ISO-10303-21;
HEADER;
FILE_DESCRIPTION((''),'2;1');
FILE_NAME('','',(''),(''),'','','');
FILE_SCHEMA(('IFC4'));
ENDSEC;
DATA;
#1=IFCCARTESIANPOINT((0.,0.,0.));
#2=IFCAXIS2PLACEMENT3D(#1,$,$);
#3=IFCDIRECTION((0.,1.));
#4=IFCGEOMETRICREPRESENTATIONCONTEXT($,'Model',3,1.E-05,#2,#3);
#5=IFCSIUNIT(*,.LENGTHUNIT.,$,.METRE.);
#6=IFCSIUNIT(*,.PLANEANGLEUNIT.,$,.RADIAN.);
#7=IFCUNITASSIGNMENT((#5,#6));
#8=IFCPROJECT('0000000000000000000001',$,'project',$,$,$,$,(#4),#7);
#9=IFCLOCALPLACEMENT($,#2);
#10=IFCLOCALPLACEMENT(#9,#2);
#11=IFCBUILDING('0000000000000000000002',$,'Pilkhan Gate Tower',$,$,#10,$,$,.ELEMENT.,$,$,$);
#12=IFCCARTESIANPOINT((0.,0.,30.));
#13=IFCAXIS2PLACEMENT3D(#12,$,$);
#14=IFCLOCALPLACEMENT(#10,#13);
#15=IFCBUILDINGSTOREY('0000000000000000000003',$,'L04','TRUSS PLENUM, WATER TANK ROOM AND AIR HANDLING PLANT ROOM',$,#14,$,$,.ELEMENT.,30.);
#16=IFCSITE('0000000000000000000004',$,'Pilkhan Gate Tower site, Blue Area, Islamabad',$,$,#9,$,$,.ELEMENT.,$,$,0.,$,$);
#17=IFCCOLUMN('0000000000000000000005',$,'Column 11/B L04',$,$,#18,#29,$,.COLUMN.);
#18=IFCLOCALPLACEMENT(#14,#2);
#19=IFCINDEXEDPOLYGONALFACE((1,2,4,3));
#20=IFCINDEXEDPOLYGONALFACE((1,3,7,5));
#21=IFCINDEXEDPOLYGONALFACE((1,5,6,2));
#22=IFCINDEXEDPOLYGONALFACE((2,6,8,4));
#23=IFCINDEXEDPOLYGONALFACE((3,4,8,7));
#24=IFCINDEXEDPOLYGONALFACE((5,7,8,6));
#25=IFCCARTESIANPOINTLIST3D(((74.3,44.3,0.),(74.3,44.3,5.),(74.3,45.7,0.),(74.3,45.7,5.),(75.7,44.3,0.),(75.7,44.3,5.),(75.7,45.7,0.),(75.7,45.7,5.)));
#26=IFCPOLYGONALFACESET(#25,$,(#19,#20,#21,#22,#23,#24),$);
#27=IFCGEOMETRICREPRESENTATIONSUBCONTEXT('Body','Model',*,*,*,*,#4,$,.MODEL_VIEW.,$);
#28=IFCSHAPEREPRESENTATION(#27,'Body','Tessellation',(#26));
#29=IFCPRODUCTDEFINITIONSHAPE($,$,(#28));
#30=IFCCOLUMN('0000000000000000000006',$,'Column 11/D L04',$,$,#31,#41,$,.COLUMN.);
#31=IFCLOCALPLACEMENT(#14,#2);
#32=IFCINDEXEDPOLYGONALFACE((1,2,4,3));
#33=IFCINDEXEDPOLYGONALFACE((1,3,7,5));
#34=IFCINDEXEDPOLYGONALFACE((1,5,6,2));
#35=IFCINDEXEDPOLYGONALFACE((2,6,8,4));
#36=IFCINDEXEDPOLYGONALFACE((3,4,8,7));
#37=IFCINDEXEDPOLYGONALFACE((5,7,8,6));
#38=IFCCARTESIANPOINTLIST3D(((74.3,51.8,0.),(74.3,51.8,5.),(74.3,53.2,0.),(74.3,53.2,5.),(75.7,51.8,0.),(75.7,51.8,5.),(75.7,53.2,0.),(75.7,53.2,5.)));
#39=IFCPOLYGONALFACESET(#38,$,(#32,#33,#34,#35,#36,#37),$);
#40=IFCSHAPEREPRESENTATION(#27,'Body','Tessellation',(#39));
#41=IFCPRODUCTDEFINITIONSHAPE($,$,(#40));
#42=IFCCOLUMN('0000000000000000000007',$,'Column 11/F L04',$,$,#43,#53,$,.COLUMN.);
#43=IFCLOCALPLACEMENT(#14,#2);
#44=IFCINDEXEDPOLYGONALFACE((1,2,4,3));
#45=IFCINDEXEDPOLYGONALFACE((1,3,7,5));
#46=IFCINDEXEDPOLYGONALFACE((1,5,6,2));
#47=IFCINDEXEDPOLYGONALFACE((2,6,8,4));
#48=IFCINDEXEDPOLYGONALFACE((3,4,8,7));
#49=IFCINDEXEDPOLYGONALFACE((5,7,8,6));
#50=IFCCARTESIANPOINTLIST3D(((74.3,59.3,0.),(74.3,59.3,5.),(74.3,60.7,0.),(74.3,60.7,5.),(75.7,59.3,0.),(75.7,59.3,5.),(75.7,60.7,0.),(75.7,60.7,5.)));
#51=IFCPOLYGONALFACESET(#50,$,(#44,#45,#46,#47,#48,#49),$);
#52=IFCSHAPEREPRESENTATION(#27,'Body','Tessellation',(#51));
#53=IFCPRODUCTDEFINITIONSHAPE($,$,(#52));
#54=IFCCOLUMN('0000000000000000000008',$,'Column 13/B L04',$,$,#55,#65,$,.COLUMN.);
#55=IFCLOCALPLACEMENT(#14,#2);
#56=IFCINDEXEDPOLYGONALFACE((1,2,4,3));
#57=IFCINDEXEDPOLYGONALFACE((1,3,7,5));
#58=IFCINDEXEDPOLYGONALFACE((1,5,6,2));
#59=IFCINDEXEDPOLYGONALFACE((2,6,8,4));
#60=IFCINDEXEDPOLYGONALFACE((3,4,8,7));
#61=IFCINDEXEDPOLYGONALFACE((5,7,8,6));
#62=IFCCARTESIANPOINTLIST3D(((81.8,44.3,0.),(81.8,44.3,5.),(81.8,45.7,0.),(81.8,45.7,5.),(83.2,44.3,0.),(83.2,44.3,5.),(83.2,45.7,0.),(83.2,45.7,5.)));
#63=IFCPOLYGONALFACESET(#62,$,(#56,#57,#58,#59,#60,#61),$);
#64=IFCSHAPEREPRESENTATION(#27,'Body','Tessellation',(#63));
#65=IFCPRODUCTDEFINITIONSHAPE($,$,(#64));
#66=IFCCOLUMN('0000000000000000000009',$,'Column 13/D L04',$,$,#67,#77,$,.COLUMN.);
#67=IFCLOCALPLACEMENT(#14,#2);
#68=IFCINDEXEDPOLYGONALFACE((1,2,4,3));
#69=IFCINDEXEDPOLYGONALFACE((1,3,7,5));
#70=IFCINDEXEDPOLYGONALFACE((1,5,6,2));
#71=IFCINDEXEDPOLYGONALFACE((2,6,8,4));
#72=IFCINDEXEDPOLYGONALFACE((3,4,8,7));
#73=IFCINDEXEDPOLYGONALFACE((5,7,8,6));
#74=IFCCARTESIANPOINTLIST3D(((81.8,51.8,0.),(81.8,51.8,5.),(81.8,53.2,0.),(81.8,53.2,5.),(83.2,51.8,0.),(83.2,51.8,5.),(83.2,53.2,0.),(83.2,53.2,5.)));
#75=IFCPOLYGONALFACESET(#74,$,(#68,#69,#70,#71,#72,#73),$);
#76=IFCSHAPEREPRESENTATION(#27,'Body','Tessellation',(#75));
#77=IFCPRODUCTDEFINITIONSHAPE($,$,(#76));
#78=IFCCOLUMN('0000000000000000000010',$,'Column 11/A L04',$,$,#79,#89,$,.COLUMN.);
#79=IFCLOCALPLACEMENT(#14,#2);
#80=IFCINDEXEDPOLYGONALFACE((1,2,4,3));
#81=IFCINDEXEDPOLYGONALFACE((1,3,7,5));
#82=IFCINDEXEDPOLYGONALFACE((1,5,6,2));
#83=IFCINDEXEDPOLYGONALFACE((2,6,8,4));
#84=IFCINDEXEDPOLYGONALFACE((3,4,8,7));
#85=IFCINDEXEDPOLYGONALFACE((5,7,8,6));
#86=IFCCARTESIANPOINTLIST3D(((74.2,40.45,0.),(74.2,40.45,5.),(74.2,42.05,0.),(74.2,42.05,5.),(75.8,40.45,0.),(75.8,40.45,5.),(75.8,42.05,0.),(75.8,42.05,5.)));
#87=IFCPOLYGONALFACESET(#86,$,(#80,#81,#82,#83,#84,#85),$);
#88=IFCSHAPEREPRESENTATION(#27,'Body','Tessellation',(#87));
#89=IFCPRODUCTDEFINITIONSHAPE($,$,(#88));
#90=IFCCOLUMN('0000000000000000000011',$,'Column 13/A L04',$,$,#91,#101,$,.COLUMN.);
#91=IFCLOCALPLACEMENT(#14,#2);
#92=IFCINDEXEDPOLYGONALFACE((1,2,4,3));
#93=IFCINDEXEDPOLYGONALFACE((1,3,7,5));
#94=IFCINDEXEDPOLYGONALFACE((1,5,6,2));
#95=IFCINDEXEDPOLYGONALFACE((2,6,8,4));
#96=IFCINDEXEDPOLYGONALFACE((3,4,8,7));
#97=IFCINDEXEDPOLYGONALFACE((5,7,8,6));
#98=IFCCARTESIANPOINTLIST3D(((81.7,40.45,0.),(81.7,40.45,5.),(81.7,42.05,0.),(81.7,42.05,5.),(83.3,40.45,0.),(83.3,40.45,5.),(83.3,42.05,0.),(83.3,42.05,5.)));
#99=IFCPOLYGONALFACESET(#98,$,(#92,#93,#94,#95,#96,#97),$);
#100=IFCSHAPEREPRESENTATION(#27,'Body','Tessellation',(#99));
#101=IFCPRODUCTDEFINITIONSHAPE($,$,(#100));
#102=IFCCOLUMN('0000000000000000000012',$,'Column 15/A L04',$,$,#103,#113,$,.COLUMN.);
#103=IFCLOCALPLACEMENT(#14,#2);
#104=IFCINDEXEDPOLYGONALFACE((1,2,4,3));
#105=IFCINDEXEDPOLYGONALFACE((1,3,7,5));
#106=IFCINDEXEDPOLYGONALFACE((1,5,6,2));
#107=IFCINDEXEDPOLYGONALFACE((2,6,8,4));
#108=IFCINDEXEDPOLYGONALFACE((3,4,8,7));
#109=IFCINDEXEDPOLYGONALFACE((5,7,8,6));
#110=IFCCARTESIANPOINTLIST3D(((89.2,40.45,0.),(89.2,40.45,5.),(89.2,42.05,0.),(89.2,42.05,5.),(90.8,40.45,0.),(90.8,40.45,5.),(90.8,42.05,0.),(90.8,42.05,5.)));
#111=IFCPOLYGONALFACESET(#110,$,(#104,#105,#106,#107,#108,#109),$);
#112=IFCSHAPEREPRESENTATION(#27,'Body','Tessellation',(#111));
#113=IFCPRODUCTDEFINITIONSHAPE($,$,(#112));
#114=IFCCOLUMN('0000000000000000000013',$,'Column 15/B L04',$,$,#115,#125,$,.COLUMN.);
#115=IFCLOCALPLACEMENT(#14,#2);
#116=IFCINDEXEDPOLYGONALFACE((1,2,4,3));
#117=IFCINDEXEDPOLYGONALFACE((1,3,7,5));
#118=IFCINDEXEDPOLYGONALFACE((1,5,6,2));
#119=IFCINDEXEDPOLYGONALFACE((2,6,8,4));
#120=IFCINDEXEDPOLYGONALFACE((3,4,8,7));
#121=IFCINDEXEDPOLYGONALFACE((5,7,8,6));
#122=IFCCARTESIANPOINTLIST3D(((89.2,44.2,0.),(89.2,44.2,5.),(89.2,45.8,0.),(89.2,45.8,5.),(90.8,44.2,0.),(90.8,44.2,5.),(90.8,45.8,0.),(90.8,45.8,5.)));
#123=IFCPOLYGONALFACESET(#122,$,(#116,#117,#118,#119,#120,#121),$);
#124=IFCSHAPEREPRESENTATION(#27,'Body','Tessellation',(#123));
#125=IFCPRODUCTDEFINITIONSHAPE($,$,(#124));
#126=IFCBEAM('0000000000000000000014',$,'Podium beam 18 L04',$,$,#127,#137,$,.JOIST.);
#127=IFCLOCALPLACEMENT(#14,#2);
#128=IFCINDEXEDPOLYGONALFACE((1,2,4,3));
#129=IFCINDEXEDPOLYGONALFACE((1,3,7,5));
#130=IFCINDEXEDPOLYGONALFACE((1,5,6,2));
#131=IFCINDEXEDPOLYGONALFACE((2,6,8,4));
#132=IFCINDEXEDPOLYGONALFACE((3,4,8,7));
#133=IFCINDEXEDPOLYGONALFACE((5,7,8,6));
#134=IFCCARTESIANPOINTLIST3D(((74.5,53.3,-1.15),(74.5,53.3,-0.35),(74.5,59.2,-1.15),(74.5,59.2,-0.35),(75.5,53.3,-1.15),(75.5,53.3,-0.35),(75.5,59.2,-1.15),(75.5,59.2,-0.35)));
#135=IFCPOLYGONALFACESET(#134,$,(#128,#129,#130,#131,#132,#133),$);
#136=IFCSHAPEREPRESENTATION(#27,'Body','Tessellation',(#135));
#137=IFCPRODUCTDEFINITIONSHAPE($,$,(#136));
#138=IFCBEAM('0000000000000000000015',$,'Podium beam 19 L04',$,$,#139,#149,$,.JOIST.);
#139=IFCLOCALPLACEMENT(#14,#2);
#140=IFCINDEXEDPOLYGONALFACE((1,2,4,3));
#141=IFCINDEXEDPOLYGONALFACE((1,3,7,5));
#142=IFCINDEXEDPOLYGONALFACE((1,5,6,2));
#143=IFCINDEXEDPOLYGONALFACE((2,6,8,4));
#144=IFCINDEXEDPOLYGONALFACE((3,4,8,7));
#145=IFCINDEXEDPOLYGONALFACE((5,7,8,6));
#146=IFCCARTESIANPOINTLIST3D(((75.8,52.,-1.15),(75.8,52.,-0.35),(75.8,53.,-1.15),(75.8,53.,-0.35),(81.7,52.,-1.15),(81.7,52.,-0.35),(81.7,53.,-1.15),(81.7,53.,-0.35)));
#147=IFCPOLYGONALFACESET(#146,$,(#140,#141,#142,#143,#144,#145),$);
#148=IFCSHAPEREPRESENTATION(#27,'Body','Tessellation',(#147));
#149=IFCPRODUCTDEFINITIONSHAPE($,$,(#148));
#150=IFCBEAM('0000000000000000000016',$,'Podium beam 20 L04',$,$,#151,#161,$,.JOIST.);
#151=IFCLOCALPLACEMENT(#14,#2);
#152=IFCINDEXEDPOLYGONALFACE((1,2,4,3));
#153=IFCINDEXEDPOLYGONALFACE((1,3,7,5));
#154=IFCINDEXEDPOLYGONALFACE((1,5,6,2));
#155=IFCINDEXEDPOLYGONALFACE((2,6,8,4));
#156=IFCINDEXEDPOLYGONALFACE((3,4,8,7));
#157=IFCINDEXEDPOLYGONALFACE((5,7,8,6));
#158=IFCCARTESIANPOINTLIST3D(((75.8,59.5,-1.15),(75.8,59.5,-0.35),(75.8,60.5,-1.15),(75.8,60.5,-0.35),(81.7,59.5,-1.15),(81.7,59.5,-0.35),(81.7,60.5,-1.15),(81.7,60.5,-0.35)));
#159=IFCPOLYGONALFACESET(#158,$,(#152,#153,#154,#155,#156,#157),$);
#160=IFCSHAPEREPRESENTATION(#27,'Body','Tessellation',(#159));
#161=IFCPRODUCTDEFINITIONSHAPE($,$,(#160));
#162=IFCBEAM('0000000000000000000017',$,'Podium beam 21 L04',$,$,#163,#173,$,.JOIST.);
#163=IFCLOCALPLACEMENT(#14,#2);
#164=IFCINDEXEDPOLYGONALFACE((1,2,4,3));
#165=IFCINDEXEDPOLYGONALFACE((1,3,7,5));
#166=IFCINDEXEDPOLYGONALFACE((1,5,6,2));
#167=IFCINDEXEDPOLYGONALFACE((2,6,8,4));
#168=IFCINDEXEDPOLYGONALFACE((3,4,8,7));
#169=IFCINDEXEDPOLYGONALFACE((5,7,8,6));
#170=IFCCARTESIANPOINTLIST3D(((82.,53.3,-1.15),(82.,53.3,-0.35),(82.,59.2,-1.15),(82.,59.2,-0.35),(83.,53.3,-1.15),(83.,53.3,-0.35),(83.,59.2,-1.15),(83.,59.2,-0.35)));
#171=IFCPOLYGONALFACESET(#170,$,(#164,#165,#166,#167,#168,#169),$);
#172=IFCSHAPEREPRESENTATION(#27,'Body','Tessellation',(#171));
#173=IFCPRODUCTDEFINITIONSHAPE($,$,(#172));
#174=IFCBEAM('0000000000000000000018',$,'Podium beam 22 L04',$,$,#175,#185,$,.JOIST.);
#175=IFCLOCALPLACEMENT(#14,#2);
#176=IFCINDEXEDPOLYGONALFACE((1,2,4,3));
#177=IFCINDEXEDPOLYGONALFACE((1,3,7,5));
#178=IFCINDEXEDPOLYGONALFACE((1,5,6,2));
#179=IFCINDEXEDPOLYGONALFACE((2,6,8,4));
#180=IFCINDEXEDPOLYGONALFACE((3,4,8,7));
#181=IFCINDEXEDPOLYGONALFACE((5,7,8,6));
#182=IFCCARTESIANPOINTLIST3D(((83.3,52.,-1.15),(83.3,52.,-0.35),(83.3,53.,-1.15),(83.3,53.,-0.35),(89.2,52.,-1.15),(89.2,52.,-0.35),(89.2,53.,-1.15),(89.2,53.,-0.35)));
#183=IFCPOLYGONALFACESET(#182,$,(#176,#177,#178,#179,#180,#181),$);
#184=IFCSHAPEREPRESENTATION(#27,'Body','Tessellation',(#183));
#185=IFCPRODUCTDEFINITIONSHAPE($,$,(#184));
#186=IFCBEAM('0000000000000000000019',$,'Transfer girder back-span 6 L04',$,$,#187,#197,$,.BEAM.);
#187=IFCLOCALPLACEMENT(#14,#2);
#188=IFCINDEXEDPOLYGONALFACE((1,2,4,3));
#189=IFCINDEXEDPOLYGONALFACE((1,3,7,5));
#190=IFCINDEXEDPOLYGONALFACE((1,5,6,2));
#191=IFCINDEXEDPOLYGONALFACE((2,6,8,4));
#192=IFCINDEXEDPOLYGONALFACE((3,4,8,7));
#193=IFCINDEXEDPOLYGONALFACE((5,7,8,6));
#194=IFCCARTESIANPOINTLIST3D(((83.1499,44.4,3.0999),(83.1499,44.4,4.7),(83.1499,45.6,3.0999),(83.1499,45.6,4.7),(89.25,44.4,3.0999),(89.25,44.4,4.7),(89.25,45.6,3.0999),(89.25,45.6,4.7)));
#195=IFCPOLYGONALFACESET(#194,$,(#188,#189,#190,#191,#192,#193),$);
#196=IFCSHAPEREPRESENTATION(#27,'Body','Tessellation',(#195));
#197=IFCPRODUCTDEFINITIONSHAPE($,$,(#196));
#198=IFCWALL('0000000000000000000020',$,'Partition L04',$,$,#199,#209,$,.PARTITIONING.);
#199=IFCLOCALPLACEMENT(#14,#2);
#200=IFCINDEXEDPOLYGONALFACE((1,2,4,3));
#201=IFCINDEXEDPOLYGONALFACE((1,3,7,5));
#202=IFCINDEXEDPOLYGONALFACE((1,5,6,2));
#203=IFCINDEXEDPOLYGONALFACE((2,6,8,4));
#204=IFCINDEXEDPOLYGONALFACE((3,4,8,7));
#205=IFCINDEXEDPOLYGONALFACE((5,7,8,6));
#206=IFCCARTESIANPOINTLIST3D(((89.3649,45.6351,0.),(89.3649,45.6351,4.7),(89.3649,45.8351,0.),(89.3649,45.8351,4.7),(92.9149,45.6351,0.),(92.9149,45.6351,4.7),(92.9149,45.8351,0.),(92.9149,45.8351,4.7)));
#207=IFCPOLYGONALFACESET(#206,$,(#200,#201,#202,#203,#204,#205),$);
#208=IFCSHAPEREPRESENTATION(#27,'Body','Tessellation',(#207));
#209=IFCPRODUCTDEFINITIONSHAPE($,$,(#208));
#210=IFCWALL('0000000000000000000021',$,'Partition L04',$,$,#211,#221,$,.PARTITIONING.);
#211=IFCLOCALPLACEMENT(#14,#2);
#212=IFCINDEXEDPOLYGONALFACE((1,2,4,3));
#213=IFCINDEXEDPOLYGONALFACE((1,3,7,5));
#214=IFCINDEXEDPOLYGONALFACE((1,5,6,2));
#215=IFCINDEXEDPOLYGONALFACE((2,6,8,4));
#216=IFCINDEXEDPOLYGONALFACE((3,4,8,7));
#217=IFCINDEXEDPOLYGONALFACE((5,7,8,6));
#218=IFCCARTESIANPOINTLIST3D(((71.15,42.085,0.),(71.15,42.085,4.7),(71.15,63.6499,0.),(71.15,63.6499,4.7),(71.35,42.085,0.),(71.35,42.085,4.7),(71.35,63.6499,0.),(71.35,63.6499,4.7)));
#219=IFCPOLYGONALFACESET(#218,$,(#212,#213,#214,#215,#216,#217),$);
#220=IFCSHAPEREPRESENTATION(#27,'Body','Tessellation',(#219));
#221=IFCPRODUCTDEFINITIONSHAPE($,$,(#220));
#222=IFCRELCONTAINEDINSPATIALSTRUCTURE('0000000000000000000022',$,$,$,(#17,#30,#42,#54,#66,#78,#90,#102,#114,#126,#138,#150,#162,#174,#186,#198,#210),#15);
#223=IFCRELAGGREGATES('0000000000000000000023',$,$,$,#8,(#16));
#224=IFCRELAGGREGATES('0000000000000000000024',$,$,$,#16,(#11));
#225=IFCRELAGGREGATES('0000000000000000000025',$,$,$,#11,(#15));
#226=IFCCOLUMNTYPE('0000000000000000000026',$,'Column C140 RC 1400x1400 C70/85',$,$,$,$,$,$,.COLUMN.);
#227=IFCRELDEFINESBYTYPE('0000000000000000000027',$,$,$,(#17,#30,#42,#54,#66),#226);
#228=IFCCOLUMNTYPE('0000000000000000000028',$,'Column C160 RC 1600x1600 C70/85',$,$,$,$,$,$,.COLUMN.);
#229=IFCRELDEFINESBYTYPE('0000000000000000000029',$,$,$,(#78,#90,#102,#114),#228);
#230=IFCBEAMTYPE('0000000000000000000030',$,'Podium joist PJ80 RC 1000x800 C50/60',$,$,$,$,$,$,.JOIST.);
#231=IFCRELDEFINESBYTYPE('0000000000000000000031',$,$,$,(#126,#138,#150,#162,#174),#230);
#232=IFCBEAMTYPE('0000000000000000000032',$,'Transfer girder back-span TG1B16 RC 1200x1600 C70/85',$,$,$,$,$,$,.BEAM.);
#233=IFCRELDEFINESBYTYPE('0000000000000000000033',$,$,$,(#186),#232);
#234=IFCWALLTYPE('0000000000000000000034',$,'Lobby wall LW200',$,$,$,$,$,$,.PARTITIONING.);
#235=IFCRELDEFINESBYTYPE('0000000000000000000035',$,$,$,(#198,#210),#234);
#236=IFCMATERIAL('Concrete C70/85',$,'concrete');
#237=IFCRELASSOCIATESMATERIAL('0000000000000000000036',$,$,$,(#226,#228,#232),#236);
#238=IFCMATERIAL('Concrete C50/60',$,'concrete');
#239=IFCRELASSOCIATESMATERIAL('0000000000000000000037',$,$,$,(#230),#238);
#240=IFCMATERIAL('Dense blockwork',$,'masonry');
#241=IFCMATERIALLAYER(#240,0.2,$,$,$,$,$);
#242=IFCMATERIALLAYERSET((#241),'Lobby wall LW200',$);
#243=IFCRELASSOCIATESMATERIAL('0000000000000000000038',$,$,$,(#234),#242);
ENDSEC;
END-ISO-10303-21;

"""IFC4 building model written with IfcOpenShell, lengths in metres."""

from ifc_helpers import new_model, si_unit, direction, frame, frame_2d, origin, origin_2d, place, context, subcontext, project, spatial, rectangle, extrude, material, layer, layer_set, material_profile, profile_set, type_object, element, save


model = new_model("IFC4")

# Units and contexts
model_context = context("Model", 3, precision=1e-05, world=origin(), true_north=direction((0.0, 1.0)))
body_context = subcontext(model_context, "Body", "Model", "MODEL_VIEW")
ifc_project = project(units=[si_unit("LENGTHUNIT", "METRE"), si_unit("PLANEANGLEUNIT", "RADIAN")], contexts=[model_context])

# Site, building, storey
site_placement = place(None, origin())
site = spatial("IfcSite", under=ifc_project, at=site_placement, Name="Pilkhan Gate Tower site, Blue Area, Islamabad", CompositionType="ELEMENT", RefElevation=0.0)
building_placement = place(site_placement, origin())
building = spatial("IfcBuilding", under=site, at=building_placement, Name="Pilkhan Gate Tower", CompositionType="ELEMENT")
storey_placement = place(building_placement, frame((0.0, 0.0, 30.0)))
storey = spatial("IfcBuildingStorey", under=building, at=storey_placement, Name="L04", Description="TRUSS PLENUM, WATER TANK ROOM AND AIR HANDLING PLANT ROOM", CompositionType="ELEMENT", Elevation=30.0)

# Columns
ifc_material_1 = material(Name="Concrete C70/85", Category="concrete")
ifc_material_profile_1 = material_profile(ifc_material_1, rectangle(XDim=1.3999, YDim=1.3999, at=origin_2d()), Name="RC 1400x1400")
ifc_profile_set_1 = profile_set([ifc_material_profile_1], Name="Concrete C70/85")
column_type_1 = type_object("IfcColumnType", Name="Column C140 RC 1400x1400 C70/85", PredefinedType="COLUMN", material=ifc_profile_set_1)
for number, where, z_axis, x_axis, name in (
    (1, (75.0, 45.0, 0.0), (0.0, 0.0, 1.0), (1.0, 0.0, 0.0), "Column 11/B L04"),
    (2, (75.0, 52.5, 0.0), (0.0, 0.0, 1.0), (1.0, 0.0, 0.0), "Column 11/D L04"),
    (3, (75.0, 60.0, 0.0), (0.0, 0.0, 1.0), (1.0, 0.0, 0.0), "Column 11/F L04"),
    (4, (82.5, 45.0, 0.0), (0.0, 0.0, 1.0), (1.0, 0.0, 0.0), "Column 13/B L04"),
    (5, (82.5, 52.5, 0.0), (0.0, 0.0, 1.0), (1.0, 0.0, 0.0), "Column 13/D L04"),
):
    element("IfcColumn", number, at=place(storey_placement, frame(where, z_axis=z_axis, x_axis=x_axis)), inside=storey, type_object=column_type_1, Name=name, PredefinedType="COLUMN", context=body_context, shape_type="SweptSolid", body=[
        extrude(rectangle(XDim=1.3999, YDim=1.3999, at=origin_2d()), origin(), (0.0, 0.0, 1.0), 5.0),
    ])
ifc_material_profile_2 = material_profile(ifc_material_1, rectangle(XDim=1.6001, YDim=1.6001, at=origin_2d()), Name="RC 1600x1600")
ifc_profile_set_2 = profile_set([ifc_material_profile_2], Name="Concrete C70/85")
column_type_2 = type_object("IfcColumnType", Name="Column C160 RC 1600x1600 C70/85", PredefinedType="COLUMN", material=ifc_profile_set_2)
for number, where, z_axis, x_axis, name in (
    (6, (75.0, 41.25, 0.0), (0.0, 0.0, 1.0), (1.0, 0.0, 0.0), "Column 11/A L04"),
    (7, (82.5, 41.25, 0.0), (0.0, 0.0, 1.0), (1.0, 0.0, 0.0), "Column 13/A L04"),
    (8, (90.0, 41.25, 0.0), (0.0, 0.0, 1.0), (1.0, 0.0, 0.0), "Column 15/A L04"),
    (9, (90.0, 45.0, 0.0), (0.0, 0.0, 1.0), (1.0, 0.0, 0.0), "Column 15/B L04"),
):
    element("IfcColumn", number, at=place(storey_placement, frame(where, z_axis=z_axis, x_axis=x_axis)), inside=storey, type_object=column_type_2, Name=name, PredefinedType="COLUMN", context=body_context, shape_type="SweptSolid", body=[
        extrude(rectangle(XDim=1.6001, YDim=1.6001, at=origin_2d()), origin(), (0.0, 0.0, 1.0), 5.0),
    ])

# Beams
ifc_material_2 = material(Name="Concrete C50/60", Category="concrete")
ifc_material_profile_3 = material_profile(ifc_material_2, rectangle(XDim=1.0, YDim=0.8, at=origin_2d()), Name="RC 1000x800")
ifc_profile_set_3 = profile_set([ifc_material_profile_3], Name="Concrete C50/60")
beam_type_1 = type_object("IfcBeamType", Name="Podium joist PJ80 RC 1000x800 C50/60", PredefinedType="JOIST", material=ifc_profile_set_3)
for number, where, z_axis, x_axis, name in (
    (10, (75.0, 53.3, -0.75), (0.0, 1.0, 0.0), (-1.0, 0.0, 0.0), "Podium beam 18 L04"),
    (11, (75.8, 52.5, -0.75), (1.0, 0.0, 0.0), (0.0, 1.0, 0.0), "Podium beam 19 L04"),
    (12, (75.8, 60.0, -0.75), (1.0, 0.0, 0.0), (0.0, 1.0, 0.0), "Podium beam 20 L04"),
    (13, (82.5, 53.3, -0.75), (0.0, 1.0, 0.0), (-1.0, 0.0, 0.0), "Podium beam 21 L04"),
    (14, (83.3, 52.5, -0.75), (1.0, 0.0, 0.0), (0.0, 1.0, 0.0), "Podium beam 22 L04"),
):
    element("IfcBeam", number, at=place(storey_placement, frame(where, z_axis=z_axis, x_axis=x_axis)), inside=storey, type_object=beam_type_1, Name=name, PredefinedType="JOIST", context=body_context, shape_type="SweptSolid", body=[
        extrude(rectangle(XDim=1.0, YDim=0.8, at=origin_2d()), origin(), (0.0, 0.0, 1.0), 5.8999),
    ])
ifc_material_profile_4 = material_profile(ifc_material_1, rectangle(XDim=1.2, YDim=1.6001, at=origin_2d()), Name="RC 1200x1600")
ifc_profile_set_4 = profile_set([ifc_material_profile_4], Name="Concrete C70/85")
beam_type_2 = type_object("IfcBeamType", Name="Transfer girder back-span TG1B16 RC 1200x1600 C70/85", PredefinedType="BEAM", material=ifc_profile_set_4)
beam_placement = place(storey_placement, frame((89.25, 45.0, 3.8999), z_axis=(-1.0, 0.0, 0.0), x_axis=(0.0, -1.0, 0.0)))
element("IfcBeam", 15, at=beam_placement, inside=storey, type_object=beam_type_2, Name="Transfer girder back-span 6 L04", PredefinedType="BEAM", context=body_context, shape_type="SweptSolid", body=[
    extrude(rectangle(XDim=1.2, YDim=1.6001, at=origin_2d()), origin(), (0.0, 0.0, 1.0), 6.1001),
])

# Walls
ifc_material_3 = material(Name="Dense blockwork", Category="masonry")
ifc_layer = layer(ifc_material_3, 0.2)
ifc_layer_set = layer_set([ifc_layer], Name="Lobby wall LW200")
wall_type = type_object("IfcWallType", Name="Lobby wall LW200", PredefinedType="PARTITIONING", material=ifc_layer_set)
wall_1_placement = place(storey_placement, frame((89.365, 45.7351, 0.0), z_axis=(0.0, 0.0, 1.0), x_axis=(1.0, 0.0, 0.0)))
element("IfcWall", 16, at=wall_1_placement, inside=storey, type_object=wall_type, Name="Partition L04", PredefinedType="PARTITIONING", context=body_context, shape_type="SweptSolid", body=[
    extrude(rectangle(XDim=3.55, YDim=0.2, at=frame_2d((1.7749, 0.0))), origin(), (0.0, 0.0, 1.0), 4.7),
])
for number, where, z_axis, x_axis, name in (
    (17, (71.25, 42.085, 0.0), (0.0, 0.0, 1.0), (0.0, 1.0, 0.0), "Partition L04"),
):
    element("IfcWall", number, at=place(storey_placement, frame(where, z_axis=z_axis, x_axis=x_axis)), inside=storey, type_object=wall_type, Name=name, PredefinedType="PARTITIONING", context=body_context, shape_type="SweptSolid", body=[
        extrude(rectangle(XDim=21.5649, YDim=0.2, at=frame_2d((10.7825, 0.0))), origin(), (0.0, 0.0, 1.0), 4.7),
    ])

save(model, "model.ifc")
